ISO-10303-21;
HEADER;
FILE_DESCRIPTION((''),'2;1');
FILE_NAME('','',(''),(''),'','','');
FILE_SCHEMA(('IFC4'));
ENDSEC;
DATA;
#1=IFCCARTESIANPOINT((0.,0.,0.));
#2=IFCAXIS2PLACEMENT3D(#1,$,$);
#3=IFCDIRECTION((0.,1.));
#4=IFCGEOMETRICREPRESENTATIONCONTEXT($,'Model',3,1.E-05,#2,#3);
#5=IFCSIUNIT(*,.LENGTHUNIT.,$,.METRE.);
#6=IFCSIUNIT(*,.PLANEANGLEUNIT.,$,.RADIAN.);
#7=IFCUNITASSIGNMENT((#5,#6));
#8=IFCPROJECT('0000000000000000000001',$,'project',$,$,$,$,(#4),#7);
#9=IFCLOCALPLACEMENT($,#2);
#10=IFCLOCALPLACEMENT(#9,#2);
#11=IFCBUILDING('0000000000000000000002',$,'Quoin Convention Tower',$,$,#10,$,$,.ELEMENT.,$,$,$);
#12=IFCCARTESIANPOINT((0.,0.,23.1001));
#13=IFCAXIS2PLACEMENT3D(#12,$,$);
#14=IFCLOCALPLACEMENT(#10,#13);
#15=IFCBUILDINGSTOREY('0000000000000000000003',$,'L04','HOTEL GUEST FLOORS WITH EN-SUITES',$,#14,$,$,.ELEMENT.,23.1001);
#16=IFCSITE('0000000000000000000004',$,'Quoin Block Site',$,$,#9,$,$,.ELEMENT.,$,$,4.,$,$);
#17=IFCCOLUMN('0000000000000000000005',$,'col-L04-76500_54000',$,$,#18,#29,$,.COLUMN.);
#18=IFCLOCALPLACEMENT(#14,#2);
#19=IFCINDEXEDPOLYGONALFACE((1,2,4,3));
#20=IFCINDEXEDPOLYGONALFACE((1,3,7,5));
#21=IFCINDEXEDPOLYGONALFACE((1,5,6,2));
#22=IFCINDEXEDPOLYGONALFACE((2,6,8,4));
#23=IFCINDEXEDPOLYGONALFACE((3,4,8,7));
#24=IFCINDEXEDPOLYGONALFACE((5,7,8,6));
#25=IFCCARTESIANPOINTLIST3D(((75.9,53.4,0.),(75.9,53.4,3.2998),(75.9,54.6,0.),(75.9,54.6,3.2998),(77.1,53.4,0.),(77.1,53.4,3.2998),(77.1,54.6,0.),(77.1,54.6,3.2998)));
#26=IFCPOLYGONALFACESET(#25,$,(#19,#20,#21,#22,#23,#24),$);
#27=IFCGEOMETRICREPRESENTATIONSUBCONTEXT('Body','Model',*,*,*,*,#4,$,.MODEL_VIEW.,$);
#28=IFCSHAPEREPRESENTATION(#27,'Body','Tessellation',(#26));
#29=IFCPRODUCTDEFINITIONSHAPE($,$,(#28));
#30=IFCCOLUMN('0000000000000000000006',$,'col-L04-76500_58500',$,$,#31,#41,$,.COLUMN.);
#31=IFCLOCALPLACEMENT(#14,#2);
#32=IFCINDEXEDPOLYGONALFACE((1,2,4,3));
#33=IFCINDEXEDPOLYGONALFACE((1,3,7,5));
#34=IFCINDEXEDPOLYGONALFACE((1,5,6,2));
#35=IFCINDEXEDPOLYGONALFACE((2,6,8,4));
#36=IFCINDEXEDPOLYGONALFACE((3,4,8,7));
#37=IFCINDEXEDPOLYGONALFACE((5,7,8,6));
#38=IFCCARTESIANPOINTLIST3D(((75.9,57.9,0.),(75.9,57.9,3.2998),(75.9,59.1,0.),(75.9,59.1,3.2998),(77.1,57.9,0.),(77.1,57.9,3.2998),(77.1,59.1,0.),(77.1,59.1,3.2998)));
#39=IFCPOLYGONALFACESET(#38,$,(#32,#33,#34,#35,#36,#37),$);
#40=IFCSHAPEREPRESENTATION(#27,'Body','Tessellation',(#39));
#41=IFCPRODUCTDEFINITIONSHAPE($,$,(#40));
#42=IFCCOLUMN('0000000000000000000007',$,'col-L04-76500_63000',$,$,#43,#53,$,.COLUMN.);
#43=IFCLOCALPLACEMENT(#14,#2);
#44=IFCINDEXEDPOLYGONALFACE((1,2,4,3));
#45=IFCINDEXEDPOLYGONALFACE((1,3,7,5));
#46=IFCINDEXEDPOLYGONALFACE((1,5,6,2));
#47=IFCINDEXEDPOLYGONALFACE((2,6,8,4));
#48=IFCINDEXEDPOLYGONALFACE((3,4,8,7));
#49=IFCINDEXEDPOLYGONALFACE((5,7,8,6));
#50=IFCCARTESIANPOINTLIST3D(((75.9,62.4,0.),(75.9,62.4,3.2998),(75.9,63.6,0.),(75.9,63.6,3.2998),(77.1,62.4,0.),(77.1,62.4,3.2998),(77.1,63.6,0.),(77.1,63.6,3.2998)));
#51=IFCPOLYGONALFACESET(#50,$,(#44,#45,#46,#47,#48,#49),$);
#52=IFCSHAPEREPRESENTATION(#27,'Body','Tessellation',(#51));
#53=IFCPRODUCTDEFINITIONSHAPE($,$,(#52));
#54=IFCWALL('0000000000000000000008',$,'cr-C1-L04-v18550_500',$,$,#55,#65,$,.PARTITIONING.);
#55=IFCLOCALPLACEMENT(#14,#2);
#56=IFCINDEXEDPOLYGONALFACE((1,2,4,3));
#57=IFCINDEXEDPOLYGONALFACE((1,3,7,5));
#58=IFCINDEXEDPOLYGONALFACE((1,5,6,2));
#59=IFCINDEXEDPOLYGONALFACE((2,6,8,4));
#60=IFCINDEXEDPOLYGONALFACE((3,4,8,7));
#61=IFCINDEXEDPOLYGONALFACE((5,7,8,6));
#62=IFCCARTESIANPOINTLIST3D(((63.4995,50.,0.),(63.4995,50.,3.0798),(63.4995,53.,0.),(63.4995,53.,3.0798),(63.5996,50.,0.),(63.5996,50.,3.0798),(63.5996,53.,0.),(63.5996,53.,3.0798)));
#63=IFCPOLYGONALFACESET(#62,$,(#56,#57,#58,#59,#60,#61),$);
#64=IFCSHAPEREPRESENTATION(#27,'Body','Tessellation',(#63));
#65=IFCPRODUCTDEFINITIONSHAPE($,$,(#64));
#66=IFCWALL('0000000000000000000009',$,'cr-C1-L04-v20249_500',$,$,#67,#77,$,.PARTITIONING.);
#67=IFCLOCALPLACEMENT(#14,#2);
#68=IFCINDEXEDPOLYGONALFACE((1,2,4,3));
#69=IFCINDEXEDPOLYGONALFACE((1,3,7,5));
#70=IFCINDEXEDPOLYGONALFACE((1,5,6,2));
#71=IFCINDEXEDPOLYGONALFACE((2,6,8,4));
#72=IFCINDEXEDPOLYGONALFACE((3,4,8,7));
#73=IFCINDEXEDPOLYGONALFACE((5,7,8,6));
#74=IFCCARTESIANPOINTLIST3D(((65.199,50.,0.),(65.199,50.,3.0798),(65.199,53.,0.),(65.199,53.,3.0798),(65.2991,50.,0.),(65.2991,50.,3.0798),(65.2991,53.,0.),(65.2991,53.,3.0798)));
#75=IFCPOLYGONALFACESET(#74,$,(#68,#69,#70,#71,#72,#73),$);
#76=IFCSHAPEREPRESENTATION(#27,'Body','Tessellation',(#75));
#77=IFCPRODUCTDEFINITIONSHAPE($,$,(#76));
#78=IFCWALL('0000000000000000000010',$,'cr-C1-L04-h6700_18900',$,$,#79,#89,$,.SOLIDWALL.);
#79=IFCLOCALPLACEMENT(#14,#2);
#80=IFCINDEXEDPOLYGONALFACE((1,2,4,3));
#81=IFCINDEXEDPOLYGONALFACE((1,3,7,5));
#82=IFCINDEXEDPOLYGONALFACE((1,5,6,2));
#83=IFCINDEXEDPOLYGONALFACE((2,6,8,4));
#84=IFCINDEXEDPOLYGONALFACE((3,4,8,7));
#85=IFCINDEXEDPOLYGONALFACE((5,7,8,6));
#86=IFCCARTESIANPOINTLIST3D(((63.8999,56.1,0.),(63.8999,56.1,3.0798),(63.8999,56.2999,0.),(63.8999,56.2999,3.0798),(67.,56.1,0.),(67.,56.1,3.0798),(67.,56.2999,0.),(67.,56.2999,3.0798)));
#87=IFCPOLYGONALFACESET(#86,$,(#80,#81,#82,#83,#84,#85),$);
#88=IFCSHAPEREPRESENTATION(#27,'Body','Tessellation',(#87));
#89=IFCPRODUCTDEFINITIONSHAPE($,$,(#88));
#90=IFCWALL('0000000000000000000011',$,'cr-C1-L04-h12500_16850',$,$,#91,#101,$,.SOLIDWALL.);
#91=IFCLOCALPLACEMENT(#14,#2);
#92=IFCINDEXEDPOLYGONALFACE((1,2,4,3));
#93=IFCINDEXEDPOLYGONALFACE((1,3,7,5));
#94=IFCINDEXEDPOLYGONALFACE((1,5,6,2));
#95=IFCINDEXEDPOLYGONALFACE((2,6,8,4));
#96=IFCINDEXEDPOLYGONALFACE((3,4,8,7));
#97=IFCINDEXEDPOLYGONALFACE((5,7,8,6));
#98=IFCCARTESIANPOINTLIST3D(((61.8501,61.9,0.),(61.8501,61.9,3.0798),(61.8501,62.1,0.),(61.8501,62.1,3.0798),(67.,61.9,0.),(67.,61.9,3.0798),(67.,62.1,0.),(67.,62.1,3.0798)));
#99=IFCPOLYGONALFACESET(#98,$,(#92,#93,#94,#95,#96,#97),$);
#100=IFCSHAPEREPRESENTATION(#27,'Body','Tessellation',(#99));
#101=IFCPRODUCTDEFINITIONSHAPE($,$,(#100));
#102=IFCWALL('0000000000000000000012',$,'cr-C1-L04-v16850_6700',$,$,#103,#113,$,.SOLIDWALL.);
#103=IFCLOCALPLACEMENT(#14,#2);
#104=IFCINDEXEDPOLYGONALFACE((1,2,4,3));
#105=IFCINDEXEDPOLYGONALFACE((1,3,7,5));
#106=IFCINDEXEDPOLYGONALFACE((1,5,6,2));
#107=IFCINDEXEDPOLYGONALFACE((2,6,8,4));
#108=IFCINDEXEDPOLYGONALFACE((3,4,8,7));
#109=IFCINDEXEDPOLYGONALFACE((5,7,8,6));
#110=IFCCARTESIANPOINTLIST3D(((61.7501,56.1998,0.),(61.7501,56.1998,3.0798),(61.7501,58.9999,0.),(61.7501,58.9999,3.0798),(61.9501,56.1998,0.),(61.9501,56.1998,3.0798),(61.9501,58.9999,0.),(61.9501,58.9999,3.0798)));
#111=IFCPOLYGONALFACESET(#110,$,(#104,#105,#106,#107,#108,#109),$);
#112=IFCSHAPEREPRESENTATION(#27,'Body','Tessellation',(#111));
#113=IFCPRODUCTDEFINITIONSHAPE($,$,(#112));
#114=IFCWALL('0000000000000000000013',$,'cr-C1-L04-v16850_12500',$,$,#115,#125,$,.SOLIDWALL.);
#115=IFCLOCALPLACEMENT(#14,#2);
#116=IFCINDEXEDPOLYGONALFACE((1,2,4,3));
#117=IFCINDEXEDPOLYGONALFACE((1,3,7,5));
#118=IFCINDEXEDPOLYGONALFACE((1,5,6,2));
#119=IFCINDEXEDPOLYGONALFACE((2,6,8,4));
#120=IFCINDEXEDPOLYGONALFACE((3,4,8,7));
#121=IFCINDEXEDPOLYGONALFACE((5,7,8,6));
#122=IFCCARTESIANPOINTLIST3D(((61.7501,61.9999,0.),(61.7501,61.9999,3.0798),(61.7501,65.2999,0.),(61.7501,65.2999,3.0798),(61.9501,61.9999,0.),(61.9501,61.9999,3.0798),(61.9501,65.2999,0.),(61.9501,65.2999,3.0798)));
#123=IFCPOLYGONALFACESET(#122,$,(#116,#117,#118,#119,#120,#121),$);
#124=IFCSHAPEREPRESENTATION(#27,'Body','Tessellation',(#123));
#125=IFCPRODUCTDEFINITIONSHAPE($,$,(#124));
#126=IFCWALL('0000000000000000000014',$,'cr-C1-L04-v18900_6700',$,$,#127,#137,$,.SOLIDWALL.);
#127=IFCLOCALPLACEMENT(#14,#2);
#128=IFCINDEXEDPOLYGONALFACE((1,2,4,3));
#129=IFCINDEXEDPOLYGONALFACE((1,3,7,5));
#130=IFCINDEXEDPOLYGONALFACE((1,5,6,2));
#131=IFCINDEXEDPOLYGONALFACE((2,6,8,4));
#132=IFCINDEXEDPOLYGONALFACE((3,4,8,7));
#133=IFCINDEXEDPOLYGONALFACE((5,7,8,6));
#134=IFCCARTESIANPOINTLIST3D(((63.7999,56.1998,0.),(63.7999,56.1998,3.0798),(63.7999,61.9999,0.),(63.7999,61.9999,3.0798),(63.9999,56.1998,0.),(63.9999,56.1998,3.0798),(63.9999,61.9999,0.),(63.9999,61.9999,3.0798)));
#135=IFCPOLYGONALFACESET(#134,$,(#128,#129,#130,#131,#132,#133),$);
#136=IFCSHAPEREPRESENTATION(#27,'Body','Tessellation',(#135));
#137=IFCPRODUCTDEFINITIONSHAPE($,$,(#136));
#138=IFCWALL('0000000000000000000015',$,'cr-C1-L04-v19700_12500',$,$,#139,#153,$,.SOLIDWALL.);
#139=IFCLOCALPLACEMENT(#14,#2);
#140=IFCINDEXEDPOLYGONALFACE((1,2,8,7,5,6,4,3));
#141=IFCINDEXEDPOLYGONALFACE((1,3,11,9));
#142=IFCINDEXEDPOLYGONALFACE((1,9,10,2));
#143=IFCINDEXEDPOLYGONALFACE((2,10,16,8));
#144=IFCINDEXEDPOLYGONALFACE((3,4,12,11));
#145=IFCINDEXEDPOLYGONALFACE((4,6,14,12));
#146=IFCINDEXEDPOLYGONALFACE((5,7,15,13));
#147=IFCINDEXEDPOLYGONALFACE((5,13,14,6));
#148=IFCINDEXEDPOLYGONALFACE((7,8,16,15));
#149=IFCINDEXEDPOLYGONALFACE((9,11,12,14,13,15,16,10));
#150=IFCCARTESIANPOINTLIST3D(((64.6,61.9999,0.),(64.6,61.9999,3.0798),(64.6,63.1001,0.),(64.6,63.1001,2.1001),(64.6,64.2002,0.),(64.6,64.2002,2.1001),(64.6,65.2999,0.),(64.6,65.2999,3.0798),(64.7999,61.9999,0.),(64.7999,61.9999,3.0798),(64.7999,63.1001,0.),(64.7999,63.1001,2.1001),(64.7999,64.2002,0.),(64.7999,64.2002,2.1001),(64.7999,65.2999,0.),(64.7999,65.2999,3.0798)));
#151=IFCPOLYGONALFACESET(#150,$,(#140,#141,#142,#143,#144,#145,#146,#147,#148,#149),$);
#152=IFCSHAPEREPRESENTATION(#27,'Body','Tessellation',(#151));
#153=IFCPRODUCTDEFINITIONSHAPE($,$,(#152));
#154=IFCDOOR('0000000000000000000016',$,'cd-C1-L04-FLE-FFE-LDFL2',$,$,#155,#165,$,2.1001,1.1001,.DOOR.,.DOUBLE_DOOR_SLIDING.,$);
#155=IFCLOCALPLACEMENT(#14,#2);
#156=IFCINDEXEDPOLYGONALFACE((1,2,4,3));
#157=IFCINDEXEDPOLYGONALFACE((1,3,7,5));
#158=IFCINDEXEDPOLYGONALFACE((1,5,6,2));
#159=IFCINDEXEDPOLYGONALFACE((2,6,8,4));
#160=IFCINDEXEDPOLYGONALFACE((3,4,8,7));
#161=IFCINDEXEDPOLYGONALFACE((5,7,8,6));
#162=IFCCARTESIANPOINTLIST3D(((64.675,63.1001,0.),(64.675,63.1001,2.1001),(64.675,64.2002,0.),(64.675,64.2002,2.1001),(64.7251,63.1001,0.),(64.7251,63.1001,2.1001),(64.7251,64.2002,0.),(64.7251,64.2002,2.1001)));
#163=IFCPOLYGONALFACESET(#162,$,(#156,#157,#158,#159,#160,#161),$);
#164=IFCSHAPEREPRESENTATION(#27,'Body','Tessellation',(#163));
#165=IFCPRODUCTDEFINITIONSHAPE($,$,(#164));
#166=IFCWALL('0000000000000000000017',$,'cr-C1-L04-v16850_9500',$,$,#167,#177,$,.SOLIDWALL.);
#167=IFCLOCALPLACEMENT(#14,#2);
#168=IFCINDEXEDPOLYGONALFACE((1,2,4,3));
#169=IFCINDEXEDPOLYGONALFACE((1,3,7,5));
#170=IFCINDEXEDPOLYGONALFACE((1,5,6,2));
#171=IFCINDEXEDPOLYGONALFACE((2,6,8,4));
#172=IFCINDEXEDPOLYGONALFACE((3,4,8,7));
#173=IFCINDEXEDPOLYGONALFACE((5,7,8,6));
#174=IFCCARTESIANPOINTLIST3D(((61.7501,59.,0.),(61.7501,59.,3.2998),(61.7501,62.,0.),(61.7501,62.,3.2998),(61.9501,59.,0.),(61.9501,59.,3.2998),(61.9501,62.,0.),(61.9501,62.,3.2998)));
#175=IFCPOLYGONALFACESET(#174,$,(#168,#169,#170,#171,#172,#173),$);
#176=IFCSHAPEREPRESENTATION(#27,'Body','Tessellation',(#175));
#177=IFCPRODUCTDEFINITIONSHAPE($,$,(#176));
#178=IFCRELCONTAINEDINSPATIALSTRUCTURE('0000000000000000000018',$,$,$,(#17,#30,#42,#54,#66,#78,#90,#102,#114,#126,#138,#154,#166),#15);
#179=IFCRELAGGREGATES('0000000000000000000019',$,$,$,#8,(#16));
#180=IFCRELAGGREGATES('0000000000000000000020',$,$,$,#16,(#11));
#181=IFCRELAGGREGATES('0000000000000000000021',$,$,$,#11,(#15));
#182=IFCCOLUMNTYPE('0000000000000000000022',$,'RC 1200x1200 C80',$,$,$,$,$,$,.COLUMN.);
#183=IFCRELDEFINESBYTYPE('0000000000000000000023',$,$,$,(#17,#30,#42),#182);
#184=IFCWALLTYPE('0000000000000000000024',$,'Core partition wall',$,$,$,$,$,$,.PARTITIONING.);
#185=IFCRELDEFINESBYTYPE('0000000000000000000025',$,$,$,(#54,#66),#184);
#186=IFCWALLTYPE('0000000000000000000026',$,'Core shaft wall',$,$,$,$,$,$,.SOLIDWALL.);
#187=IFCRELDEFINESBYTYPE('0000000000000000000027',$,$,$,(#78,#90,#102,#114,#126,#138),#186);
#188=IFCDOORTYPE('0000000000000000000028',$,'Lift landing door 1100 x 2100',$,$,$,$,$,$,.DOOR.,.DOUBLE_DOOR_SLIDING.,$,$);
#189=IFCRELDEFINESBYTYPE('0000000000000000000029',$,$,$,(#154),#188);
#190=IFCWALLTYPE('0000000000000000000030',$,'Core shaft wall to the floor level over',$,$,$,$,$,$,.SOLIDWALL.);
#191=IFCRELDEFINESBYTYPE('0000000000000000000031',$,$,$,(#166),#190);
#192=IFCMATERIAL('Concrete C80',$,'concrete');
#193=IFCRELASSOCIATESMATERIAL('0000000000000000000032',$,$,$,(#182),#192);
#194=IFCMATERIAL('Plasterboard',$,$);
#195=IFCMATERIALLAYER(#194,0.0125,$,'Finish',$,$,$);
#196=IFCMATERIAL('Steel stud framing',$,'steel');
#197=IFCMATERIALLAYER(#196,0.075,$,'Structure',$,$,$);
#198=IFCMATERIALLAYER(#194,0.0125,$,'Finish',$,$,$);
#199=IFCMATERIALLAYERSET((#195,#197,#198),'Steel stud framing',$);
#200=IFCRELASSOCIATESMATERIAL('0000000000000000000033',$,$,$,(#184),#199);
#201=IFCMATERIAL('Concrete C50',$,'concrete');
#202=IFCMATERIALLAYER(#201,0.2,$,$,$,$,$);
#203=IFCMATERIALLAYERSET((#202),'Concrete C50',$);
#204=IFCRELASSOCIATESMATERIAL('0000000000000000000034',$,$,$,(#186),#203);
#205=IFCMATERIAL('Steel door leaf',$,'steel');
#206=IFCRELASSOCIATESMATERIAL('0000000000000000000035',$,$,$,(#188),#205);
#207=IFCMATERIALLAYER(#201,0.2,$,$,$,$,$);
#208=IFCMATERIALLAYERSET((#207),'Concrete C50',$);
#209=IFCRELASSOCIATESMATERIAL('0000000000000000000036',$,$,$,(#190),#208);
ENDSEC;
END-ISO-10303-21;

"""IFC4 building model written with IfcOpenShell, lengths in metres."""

from ifc_helpers import new_model, si_unit, direction, frame, frame_2d, origin, origin_2d, place, context, subcontext, project, spatial, rectangle, extrude, material, layer, layer_set, material_profile, profile_set, type_object, element, fill, save


model = new_model("IFC4")

# Units and contexts
model_context = context("Model", 3, precision=1e-05, world=origin(), true_north=direction((0.0, 1.0)))
body_context = subcontext(model_context, "Body", "Model", "MODEL_VIEW")
ifc_project = project(units=[si_unit("LENGTHUNIT", "METRE"), si_unit("PLANEANGLEUNIT", "RADIAN")], contexts=[model_context])

# Site, building, storey
site_placement = place(None, origin())
site = spatial("IfcSite", under=ifc_project, at=site_placement, Name="Quoin Block Site", CompositionType="ELEMENT", RefElevation=4.0)
building_placement = place(site_placement, origin())
building = spatial("IfcBuilding", under=site, at=building_placement, Name="Quoin Convention Tower", CompositionType="ELEMENT")
storey_placement = place(building_placement, frame((0.0, 0.0, 23.1001)))
storey = spatial("IfcBuildingStorey", under=building, at=storey_placement, Name="L04", Description="HOTEL GUEST FLOORS WITH EN-SUITES", CompositionType="ELEMENT", Elevation=23.1001)

# Columns
ifc_material_1 = material(Name="Concrete C80", Category="concrete")
ifc_material_profile = material_profile(ifc_material_1, rectangle(XDim=1.2, YDim=1.2, at=origin_2d()), Name="RC 1200x1200")
ifc_profile_set = profile_set([ifc_material_profile], Name="Concrete C80")
column_type = type_object("IfcColumnType", Name="RC 1200x1200 C80", PredefinedType="COLUMN", material=ifc_profile_set)
for number, where, z_axis, x_axis, name in (
    (1, (76.5, 54.0, 0.0), (0.0, 0.0, 1.0), (1.0, 0.0, 0.0), "col-L04-76500_54000"),
    (2, (76.5, 58.5, 0.0), (0.0, 0.0, 1.0), (1.0, 0.0, 0.0), "col-L04-76500_58500"),
    (3, (76.5, 63.0, 0.0), (0.0, 0.0, 1.0), (1.0, 0.0, 0.0), "col-L04-76500_63000"),
):
    element("IfcColumn", number, at=place(storey_placement, frame(where, z_axis=z_axis, x_axis=x_axis)), inside=storey, type_object=column_type, Name=name, PredefinedType="COLUMN", context=body_context, shape_type="SweptSolid", body=[
        extrude(rectangle(XDim=1.2, YDim=1.2, at=origin_2d()), origin(), (0.0, 0.0, 1.0), 3.2998),
    ])

# Walls
ifc_material_2 = material(Name="Plasterboard")
ifc_layer_1 = layer(ifc_material_2, 0.0125, Name="Finish")
ifc_material_3 = material(Name="Steel stud framing", Category="steel")
ifc_layer_2 = layer(ifc_material_3, 0.075, Name="Structure")
ifc_layer_3 = layer(ifc_material_2, 0.0125, Name="Finish")
ifc_layer_set_1 = layer_set([ifc_layer_1, ifc_layer_2, ifc_layer_3], Name="Steel stud framing")
wall_type_1 = type_object("IfcWallType", Name="Core partition wall", PredefinedType="PARTITIONING", material=ifc_layer_set_1)
for number, where, z_axis, x_axis, name in (
    (4, (63.5496, 50.0, 0.0), (0.0, 0.0, 1.0), (0.0, 1.0, 0.0), "cr-C1-L04-v18550_500"),
    (5, (65.249, 50.0, 0.0), (0.0, 0.0, 1.0), (0.0, 1.0, 0.0), "cr-C1-L04-v20249_500"),
):
    element("IfcWall", number, at=place(storey_placement, frame(where, z_axis=z_axis, x_axis=x_axis)), inside=storey, type_object=wall_type_1, Name=name, PredefinedType="PARTITIONING", context=body_context, shape_type="SweptSolid", body=[
        extrude(rectangle(XDim=3.0, YDim=0.1001, at=frame_2d((1.5, 0.0))), origin(), (0.0, 0.0, 1.0), 3.0798),
    ])
ifc_material_4 = material(Name="Concrete C50", Category="concrete")
ifc_layer_4 = layer(ifc_material_4, 0.2)
ifc_layer_set_2 = layer_set([ifc_layer_4], Name="Concrete C50")
wall_type_2 = type_object("IfcWallType", Name="Core shaft wall", PredefinedType="SOLIDWALL", material=ifc_layer_set_2)
wall_1_placement = place(storey_placement, frame((63.8999, 56.2, 0.0), z_axis=(0.0, 0.0, 1.0), x_axis=(1.0, 0.0, 0.0)))
element("IfcWall", 6, at=wall_1_placement, inside=storey, type_object=wall_type_2, Name="cr-C1-L04-h6700_18900", PredefinedType="SOLIDWALL", context=body_context, shape_type="SweptSolid", body=[
    extrude(rectangle(XDim=3.1001, YDim=0.2, at=frame_2d((1.55, 0.0))), origin(), (0.0, 0.0, 1.0), 3.0798),
])
wall_2_placement = place(storey_placement, frame((61.8501, 62.0, 0.0), z_axis=(0.0, 0.0, 1.0), x_axis=(1.0, 0.0, 0.0)))
element("IfcWall", 7, at=wall_2_placement, inside=storey, type_object=wall_type_2, Name="cr-C1-L04-h12500_16850", PredefinedType="SOLIDWALL", context=body_context, shape_type="SweptSolid", body=[
    extrude(rectangle(XDim=5.1499, YDim=0.2, at=frame_2d((2.575, 0.0))), origin(), (0.0, 0.0, 1.0), 3.0798),
])
wall_3_placement = place(storey_placement, frame((61.8501, 56.2, 0.0), z_axis=(0.0, 0.0, 1.0), x_axis=(0.0, 1.0, 0.0)))
element("IfcWall", 8, at=wall_3_placement, inside=storey, type_object=wall_type_2, Name="cr-C1-L04-v16850_6700", PredefinedType="SOLIDWALL", context=body_context, shape_type="SweptSolid", body=[
    extrude(rectangle(XDim=2.8, YDim=0.2, at=frame_2d((1.3999, 0.0))), origin(), (0.0, 0.0, 1.0), 3.0798),
])
wall_4_placement = place(storey_placement, frame((61.8501, 62.0, 0.0), z_axis=(0.0, 0.0, 1.0), x_axis=(0.0, 1.0, 0.0)))
element("IfcWall", 9, at=wall_4_placement, inside=storey, type_object=wall_type_2, Name="cr-C1-L04-v16850_12500", PredefinedType="SOLIDWALL", context=body_context, shape_type="SweptSolid", body=[
    extrude(rectangle(XDim=3.3, YDim=0.2, at=frame_2d((1.6499, 0.0))), origin(), (0.0, 0.0, 1.0), 3.0798),
])
wall_5_placement = place(storey_placement, frame((63.8999, 56.2, 0.0), z_axis=(0.0, 0.0, 1.0), x_axis=(0.0, 1.0, 0.0)))
element("IfcWall", 10, at=wall_5_placement, inside=storey, type_object=wall_type_2, Name="cr-C1-L04-v18900_6700", PredefinedType="SOLIDWALL", context=body_context, shape_type="SweptSolid", body=[
    extrude(rectangle(XDim=5.8, YDim=0.2, at=frame_2d((2.8999, 0.0))), origin(), (0.0, 0.0, 1.0), 3.0798),
])

# Wall, opening, door
wall_6_placement = place(storey_placement, frame((64.7, 62.0, 0.0), z_axis=(0.0, 0.0, 1.0), x_axis=(0.0, 1.0, 0.0)))
wall_6 = element("IfcWall", 11, at=wall_6_placement, inside=storey, type_object=wall_type_2, Name="cr-C1-L04-v19700_12500", PredefinedType="SOLIDWALL", context=body_context, shape_type="SweptSolid", body=[
    extrude(rectangle(XDim=3.3, YDim=0.2, at=frame_2d((1.6499, 0.0))), origin(), (0.0, 0.0, 1.0), 3.0798),
])
opening_1_placement = place(wall_6_placement, frame((1.1001, 0.0, 0.0)))
opening_1 = element("IfcOpeningElement", 12, at=opening_1_placement, cuts=wall_6, PredefinedType="OPENING", context=body_context, shape_type="SweptSolid", body=[
    extrude(rectangle(XDim=1.1001, YDim=2.1001, at=frame_2d((0.55, 1.05))), frame((0.0, 0.1099, 0.0), z_axis=(0.0, -1.0, 0.0), x_axis=(1.0, 0.0, 0.0)), (0.0, 0.0, 1.0), 0.22),
])
ifc_material_5 = material(Name="Steel door leaf", Category="steel")
door_type_1 = type_object("IfcDoorType", Name="Lift landing door 1100 x 2100", OperationType="DOUBLE_DOOR_SLIDING", PredefinedType="DOOR", material=ifc_material_5)
door_1_placement = place(opening_1_placement, origin())
door_1 = element("IfcDoor", 13, at=door_1_placement, inside=storey, type_object=door_type_1, Name="cd-C1-L04-FLE-FFE-LDFL2", OperationType="DOUBLE_DOOR_SLIDING", OverallHeight=2.1001, OverallWidth=1.1001, PredefinedType="DOOR", context=body_context, shape_type="SweptSolid", body=[
    extrude(rectangle(XDim=1.1001, YDim=2.1001, at=frame_2d((0.55, 1.05))), frame((0.0, 0.0249, 0.0), z_axis=(0.0, -1.0, 0.0), x_axis=(1.0, 0.0, 0.0)), (0.0, 0.0, 1.0), 0.05),
])
fill(opening_1, door_1)

# Wall
ifc_layer_5 = layer(ifc_material_4, 0.2)
ifc_layer_set_3 = layer_set([ifc_layer_5], Name="Concrete C50")
wall_type_3 = type_object("IfcWallType", Name="Core shaft wall to the floor level over", PredefinedType="SOLIDWALL", material=ifc_layer_set_3)
wall_7_placement = place(storey_placement, frame((61.8501, 59.0, 0.0), z_axis=(0.0, 0.0, 1.0), x_axis=(0.0, 1.0, 0.0)))
element("IfcWall", 14, at=wall_7_placement, inside=storey, type_object=wall_type_3, Name="cr-C1-L04-v16850_9500", PredefinedType="SOLIDWALL", context=body_context, shape_type="SweptSolid", body=[
    extrude(rectangle(XDim=3.0, YDim=0.2, at=frame_2d((1.5, 0.0))), origin(), (0.0, 0.0, 1.0), 3.2998),
])

save(model, "model.ifc")
